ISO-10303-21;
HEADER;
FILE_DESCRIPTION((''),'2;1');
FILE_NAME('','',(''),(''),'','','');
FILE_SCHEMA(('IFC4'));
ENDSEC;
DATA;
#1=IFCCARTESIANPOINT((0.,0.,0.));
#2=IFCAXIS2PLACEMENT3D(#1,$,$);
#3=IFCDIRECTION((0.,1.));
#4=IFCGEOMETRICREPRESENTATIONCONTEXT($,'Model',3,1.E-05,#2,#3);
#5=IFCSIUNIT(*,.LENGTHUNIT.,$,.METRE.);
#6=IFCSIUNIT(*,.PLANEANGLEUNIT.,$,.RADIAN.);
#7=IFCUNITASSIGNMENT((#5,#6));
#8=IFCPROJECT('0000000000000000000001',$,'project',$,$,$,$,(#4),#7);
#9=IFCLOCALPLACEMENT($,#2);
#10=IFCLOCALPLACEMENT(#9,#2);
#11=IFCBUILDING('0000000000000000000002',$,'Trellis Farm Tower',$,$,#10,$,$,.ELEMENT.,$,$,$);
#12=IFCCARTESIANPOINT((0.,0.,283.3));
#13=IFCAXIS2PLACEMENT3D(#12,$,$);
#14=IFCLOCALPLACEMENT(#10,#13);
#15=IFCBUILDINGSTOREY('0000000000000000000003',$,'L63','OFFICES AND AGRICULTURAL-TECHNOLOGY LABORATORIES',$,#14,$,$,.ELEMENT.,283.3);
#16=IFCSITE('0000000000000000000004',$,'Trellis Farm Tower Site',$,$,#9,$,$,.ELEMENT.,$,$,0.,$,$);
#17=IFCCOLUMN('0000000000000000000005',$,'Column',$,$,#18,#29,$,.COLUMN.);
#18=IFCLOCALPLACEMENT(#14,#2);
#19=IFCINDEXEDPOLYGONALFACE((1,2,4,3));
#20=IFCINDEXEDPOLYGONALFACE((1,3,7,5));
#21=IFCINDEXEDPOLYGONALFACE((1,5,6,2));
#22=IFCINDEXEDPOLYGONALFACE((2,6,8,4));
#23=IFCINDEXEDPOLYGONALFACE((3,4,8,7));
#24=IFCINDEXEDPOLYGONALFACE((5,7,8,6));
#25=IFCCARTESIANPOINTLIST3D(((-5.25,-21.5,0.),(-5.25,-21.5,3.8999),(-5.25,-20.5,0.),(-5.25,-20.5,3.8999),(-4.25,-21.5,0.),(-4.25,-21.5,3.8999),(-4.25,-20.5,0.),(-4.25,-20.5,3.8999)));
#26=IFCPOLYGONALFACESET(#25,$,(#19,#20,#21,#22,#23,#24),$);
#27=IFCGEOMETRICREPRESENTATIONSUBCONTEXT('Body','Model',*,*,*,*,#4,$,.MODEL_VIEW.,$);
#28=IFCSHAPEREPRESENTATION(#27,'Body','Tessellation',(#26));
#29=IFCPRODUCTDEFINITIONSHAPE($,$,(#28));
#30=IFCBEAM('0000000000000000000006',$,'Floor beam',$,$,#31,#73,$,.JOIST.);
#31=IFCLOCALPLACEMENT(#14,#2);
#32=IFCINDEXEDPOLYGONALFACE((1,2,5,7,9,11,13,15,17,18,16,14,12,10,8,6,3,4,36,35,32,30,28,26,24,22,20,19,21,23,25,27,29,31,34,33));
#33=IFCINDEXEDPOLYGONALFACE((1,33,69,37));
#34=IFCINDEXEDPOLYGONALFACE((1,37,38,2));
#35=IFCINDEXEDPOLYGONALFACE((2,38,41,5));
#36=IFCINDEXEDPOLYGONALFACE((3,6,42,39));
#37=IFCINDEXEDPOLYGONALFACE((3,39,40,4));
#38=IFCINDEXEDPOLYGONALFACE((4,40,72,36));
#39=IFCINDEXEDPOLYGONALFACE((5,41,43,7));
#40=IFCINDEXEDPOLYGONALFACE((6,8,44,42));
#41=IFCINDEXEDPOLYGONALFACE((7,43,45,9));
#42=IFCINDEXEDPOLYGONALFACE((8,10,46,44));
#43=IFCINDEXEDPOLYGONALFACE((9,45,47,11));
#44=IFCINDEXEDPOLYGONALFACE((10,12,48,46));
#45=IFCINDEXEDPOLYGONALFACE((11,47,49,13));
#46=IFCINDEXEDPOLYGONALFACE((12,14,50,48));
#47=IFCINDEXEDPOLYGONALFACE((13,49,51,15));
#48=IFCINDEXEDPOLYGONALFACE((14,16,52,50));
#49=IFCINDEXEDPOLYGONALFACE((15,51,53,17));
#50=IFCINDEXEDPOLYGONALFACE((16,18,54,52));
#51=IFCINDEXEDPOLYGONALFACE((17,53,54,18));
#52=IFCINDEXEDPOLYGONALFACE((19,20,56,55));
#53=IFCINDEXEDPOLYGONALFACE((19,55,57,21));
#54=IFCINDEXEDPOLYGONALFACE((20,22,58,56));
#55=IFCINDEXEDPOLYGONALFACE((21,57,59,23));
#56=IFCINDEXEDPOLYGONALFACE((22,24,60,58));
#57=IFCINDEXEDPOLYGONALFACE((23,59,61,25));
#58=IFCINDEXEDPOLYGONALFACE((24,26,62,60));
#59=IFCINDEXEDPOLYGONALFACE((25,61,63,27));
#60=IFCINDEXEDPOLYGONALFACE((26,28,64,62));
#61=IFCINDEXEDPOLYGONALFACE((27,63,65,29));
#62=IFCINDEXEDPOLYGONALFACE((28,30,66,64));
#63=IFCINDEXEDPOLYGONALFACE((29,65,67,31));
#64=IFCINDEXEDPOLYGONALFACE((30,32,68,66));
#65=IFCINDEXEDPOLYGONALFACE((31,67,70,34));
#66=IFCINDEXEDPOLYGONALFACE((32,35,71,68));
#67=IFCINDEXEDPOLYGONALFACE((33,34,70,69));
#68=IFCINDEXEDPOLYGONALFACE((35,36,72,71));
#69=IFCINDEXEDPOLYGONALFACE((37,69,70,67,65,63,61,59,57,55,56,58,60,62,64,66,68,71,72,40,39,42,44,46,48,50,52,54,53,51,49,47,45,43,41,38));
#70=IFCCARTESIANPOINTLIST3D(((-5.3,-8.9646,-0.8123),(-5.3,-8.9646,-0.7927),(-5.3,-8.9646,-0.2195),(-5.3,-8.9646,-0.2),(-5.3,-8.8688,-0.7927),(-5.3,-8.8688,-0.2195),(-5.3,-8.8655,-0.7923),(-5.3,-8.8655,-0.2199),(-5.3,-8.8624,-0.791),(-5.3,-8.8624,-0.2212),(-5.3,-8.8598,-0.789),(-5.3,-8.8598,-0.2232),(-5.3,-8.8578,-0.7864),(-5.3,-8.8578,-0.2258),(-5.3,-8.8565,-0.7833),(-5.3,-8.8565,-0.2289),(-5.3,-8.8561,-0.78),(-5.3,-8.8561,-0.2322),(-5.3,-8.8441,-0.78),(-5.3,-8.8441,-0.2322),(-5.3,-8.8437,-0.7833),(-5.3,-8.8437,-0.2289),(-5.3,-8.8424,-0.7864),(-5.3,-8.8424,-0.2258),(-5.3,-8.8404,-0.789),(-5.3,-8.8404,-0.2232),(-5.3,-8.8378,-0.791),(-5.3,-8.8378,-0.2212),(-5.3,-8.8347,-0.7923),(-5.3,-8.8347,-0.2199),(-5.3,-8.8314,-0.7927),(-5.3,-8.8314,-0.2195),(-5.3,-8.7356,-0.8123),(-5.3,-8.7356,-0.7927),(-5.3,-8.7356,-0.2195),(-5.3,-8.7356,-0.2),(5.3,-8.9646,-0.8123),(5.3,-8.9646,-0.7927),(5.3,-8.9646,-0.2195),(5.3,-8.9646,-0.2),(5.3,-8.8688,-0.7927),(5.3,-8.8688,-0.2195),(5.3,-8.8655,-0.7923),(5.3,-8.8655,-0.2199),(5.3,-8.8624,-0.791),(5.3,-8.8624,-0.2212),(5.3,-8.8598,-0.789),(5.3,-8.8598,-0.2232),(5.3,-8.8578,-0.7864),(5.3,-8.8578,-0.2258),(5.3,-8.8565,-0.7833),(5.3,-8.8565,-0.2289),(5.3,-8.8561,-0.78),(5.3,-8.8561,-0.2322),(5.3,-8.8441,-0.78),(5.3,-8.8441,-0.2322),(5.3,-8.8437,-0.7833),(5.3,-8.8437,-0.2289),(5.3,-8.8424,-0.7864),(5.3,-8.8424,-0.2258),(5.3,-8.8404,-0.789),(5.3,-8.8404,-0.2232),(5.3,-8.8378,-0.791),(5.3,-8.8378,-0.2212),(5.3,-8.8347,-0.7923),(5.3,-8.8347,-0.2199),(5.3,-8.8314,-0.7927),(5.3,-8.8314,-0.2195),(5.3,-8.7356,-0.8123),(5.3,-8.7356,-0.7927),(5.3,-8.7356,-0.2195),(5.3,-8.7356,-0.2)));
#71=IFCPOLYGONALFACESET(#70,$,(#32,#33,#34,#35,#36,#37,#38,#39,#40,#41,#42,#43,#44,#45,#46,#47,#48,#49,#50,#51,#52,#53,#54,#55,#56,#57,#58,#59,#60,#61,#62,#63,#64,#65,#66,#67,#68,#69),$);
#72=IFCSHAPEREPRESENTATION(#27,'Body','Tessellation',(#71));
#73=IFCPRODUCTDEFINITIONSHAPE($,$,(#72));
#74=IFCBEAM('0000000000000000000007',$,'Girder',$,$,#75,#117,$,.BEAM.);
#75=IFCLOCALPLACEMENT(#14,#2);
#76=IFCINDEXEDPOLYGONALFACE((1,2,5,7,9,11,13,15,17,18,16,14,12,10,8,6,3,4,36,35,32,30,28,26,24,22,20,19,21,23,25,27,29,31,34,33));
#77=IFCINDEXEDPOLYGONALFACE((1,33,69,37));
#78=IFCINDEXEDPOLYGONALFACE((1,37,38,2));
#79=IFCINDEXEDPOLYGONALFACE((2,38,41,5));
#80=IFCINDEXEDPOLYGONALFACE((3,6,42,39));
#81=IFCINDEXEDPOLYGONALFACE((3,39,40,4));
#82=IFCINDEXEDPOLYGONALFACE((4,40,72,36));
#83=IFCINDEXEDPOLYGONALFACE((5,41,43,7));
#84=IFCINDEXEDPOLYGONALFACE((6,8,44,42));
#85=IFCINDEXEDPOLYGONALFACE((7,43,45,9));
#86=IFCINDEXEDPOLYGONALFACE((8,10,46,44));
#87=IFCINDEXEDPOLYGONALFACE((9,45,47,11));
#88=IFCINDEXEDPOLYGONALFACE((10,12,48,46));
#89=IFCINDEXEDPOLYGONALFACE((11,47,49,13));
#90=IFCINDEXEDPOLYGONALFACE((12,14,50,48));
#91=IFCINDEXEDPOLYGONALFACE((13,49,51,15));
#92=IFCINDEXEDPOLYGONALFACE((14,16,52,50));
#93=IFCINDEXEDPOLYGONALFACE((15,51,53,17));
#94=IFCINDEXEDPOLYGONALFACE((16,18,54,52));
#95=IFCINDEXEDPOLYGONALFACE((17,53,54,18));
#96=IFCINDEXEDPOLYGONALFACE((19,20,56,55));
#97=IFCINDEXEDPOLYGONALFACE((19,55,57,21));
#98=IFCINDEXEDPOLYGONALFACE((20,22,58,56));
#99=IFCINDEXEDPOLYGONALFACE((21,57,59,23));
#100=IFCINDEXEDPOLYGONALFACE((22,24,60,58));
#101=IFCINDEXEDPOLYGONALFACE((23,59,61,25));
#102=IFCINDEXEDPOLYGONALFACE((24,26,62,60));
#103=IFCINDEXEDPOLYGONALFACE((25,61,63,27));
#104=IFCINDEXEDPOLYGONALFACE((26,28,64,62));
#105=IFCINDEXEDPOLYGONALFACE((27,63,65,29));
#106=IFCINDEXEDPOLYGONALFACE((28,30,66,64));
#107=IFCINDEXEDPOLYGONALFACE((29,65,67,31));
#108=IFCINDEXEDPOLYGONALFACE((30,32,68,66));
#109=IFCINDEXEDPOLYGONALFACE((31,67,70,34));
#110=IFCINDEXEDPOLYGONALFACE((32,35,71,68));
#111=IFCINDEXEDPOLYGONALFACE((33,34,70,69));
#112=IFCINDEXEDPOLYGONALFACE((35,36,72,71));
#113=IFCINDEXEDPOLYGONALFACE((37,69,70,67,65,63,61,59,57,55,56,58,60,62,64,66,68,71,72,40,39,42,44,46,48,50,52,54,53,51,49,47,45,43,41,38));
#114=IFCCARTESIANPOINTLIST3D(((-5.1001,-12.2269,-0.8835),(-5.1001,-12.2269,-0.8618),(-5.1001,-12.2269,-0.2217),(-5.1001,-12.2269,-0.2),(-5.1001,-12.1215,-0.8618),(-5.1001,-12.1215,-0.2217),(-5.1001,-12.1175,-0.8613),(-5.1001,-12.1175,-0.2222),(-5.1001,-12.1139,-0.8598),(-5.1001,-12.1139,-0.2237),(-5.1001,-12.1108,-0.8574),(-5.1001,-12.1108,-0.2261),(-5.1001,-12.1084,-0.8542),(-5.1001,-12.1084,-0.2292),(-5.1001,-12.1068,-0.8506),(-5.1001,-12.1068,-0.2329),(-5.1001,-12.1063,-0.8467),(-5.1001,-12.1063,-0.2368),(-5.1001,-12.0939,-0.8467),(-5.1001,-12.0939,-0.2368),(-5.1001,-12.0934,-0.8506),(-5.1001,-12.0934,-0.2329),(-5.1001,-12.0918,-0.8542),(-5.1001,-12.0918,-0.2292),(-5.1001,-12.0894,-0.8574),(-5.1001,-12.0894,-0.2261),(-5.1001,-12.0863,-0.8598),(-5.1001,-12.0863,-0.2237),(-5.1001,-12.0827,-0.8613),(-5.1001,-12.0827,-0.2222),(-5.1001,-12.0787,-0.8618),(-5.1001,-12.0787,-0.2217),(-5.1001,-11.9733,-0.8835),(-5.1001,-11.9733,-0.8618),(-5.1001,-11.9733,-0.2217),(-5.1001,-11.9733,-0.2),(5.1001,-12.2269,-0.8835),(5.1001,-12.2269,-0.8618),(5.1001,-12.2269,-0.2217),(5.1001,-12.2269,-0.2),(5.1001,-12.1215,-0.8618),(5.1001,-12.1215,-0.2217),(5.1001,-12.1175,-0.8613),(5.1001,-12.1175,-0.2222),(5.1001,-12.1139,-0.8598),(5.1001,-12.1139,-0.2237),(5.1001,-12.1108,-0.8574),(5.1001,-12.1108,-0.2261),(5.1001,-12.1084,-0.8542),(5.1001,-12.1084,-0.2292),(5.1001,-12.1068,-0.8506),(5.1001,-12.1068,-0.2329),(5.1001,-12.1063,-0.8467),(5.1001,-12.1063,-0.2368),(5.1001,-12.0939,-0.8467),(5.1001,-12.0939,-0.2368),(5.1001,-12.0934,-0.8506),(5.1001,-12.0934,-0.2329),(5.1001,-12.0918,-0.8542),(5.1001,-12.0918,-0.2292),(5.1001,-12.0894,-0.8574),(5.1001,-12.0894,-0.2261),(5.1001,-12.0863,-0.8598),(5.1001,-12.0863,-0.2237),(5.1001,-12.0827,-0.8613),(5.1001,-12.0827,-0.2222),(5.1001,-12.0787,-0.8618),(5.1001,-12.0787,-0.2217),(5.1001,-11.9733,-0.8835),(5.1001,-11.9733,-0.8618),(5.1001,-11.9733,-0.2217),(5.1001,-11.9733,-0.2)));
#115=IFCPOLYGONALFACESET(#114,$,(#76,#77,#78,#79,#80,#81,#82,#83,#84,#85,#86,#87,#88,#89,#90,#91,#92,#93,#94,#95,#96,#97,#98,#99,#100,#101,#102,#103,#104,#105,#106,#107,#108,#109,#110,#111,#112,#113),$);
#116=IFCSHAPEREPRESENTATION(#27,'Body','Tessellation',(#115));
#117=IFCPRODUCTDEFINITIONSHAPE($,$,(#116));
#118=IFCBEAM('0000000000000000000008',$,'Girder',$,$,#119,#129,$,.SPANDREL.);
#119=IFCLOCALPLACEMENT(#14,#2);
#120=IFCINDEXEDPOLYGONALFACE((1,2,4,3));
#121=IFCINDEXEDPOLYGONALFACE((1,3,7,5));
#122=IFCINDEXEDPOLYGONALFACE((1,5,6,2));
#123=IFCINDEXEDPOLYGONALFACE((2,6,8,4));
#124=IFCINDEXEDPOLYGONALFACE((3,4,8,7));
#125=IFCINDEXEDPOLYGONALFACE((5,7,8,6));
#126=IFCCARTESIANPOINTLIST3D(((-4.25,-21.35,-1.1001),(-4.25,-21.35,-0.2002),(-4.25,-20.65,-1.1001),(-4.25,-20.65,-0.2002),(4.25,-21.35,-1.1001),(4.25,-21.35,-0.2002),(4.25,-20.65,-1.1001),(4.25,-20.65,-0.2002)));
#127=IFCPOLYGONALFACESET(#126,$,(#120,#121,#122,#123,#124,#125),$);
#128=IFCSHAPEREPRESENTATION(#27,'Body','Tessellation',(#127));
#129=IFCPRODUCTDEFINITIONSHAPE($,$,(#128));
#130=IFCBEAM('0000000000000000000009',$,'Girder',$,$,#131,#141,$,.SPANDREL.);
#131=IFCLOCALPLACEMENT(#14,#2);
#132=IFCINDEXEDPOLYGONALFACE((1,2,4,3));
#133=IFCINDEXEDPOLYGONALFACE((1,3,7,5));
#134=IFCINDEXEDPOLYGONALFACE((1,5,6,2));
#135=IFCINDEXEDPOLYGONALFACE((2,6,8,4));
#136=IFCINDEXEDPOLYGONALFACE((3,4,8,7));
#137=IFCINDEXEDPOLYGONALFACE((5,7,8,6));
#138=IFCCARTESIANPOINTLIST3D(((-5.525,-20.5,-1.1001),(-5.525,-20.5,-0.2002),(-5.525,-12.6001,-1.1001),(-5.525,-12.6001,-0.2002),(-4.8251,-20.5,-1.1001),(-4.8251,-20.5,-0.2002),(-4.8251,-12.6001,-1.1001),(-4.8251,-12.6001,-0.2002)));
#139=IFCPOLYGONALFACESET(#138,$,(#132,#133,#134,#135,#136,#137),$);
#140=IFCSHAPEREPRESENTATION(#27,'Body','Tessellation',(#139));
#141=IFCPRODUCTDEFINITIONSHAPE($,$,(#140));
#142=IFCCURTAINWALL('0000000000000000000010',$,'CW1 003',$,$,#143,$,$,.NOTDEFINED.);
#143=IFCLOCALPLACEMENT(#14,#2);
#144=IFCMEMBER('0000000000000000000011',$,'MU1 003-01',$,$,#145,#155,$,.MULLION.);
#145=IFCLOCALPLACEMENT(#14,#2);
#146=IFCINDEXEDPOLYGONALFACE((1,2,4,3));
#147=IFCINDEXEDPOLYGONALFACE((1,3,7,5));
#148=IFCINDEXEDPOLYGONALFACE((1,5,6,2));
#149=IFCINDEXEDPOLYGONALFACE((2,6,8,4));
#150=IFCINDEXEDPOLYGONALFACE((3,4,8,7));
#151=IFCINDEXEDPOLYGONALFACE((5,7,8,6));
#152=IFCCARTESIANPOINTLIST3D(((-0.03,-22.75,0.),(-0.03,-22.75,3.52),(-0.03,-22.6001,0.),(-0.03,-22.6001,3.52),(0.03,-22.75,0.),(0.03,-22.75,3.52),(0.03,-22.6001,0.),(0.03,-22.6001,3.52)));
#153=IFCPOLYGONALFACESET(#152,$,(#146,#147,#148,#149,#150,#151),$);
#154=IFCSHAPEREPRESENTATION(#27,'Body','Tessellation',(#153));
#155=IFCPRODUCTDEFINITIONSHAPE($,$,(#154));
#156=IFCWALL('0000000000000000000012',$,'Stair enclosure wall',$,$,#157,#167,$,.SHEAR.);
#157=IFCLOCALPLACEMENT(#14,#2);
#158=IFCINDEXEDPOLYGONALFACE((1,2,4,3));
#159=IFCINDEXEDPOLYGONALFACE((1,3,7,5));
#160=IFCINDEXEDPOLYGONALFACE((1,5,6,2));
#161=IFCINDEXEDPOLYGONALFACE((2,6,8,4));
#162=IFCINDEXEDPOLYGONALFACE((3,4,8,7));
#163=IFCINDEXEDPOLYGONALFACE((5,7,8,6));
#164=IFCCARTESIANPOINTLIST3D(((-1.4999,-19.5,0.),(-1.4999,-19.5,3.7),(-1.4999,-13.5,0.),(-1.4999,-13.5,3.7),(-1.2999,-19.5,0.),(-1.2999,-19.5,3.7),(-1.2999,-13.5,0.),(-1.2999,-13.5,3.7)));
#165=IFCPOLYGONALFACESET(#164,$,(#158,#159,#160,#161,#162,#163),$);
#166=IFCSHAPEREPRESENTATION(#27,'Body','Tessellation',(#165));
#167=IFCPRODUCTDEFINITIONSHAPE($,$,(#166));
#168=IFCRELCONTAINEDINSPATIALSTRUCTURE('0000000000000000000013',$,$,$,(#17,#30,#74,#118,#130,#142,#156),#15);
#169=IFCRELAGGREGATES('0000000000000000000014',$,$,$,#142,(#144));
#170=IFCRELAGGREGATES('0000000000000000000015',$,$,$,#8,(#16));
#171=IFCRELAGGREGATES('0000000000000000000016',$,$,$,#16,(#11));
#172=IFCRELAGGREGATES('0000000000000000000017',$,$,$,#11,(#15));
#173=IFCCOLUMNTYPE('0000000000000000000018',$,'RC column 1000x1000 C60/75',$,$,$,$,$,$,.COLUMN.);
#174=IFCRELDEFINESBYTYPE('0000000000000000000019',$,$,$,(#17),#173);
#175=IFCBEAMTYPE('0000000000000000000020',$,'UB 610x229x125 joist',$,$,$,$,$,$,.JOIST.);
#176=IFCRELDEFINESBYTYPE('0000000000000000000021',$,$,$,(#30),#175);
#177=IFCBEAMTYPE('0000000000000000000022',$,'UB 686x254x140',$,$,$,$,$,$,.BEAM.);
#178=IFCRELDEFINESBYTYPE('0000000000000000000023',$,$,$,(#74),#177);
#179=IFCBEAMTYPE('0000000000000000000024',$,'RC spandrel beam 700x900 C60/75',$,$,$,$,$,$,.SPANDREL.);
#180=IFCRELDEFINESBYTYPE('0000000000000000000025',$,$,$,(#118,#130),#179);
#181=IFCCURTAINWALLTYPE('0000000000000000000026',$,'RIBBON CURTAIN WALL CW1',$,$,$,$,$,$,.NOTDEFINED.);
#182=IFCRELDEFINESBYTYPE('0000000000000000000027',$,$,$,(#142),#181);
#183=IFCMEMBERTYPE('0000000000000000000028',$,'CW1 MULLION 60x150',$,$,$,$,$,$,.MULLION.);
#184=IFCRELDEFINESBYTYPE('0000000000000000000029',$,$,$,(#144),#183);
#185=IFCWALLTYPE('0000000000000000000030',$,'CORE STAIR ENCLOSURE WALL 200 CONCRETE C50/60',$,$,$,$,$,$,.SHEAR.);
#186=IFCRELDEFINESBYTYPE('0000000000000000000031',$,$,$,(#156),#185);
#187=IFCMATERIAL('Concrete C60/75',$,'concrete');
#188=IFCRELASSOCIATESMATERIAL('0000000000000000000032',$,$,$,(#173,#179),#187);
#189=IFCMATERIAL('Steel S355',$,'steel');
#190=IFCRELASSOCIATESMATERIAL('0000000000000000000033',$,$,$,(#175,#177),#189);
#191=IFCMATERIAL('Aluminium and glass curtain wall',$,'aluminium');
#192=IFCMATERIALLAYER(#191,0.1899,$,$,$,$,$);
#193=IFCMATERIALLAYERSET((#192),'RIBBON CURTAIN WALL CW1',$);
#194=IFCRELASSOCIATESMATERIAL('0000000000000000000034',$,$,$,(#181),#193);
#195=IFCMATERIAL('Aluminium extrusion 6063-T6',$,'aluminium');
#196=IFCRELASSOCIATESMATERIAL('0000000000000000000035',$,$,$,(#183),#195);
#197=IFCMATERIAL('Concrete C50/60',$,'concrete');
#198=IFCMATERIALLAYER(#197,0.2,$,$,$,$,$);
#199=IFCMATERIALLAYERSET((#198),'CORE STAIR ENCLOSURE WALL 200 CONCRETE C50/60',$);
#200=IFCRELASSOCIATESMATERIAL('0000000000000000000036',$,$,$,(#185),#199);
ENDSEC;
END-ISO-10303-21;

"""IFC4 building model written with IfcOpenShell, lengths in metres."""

from ifc_helpers import new_model, si_unit, direction, frame, frame_2d, origin, origin_2d, place, context, subcontext, project, spatial, rectangle, i_section, extrude, source, transform, mapped, material, layer, layer_set, material_profile, profile_set, type_object, element, aggregate, save


model = new_model("IFC4")

# Units and contexts
model_context = context("Model", 3, precision=1e-05, world=origin(), true_north=direction((0.0, 1.0)))
body_context = subcontext(model_context, "Body", "Model", "MODEL_VIEW")
ifc_project = project(units=[si_unit("LENGTHUNIT", "METRE"), si_unit("PLANEANGLEUNIT", "RADIAN")], contexts=[model_context])

# Site, building, storey
site_placement = place(None, origin())
site = spatial("IfcSite", under=ifc_project, at=site_placement, Name="Trellis Farm Tower Site", CompositionType="ELEMENT", RefElevation=0.0)
building_placement = place(site_placement, origin())
building = spatial("IfcBuilding", under=site, at=building_placement, Name="Trellis Farm Tower", CompositionType="ELEMENT")
storey_placement = place(building_placement, frame((0.0, 0.0, 283.3)))
storey = spatial("IfcBuildingStorey", under=building, at=storey_placement, Name="L63", Description="OFFICES AND AGRICULTURAL-TECHNOLOGY LABORATORIES", CompositionType="ELEMENT", Elevation=283.3)

# Column
ifc_material_1 = material(Name="Concrete C60/75", Category="concrete")
ifc_material_profile_1 = material_profile(ifc_material_1, rectangle(XDim=1.0, YDim=1.0, at=origin_2d()), Name="RC column 1000x1000 C60/75")
ifc_profile_set_1 = profile_set([ifc_material_profile_1], Name="Concrete C60/75")
column_type = type_object("IfcColumnType", Name="RC column 1000x1000 C60/75", PredefinedType="COLUMN", material=ifc_profile_set_1)
shared_shape_1 = source(origin(), body_context, "Body", "SweptSolid", [
    extrude(rectangle(XDim=1.0, YDim=1.0, at=origin_2d()), origin(), (0.0, 0.0, 1.0), 3.8999),
])
column_placement = place(storey_placement, frame((-4.75, -21.0, 0.0), z_axis=(0.0, 0.0, 1.0), x_axis=(1.0, 0.0, 0.0)))
element("IfcColumn", 1, at=column_placement, inside=storey, type_object=column_type, Name="Column", PredefinedType="COLUMN", context=body_context, shape_type="MappedRepresentation", body=[
    mapped(shared_shape_1, transform((0.0, 0.0, 0.0))),
])

# Beams
ifc_material_2 = material(Name="Steel S355", Category="steel")
ifc_material_profile_2 = material_profile(ifc_material_2, i_section(OverallWidth=0.229, OverallDepth=0.6123, WebThickness=0.012, FlangeThickness=0.0195, FilletRadius=0.0127, at=origin_2d()), Name="UB 610x229x125")
ifc_profile_set_2 = profile_set([ifc_material_profile_2], Name="Steel S355")
beam_type_1 = type_object("IfcBeamType", Name="UB 610x229x125 joist", PredefinedType="JOIST", material=ifc_profile_set_2)
shared_shape_2 = source(origin(), body_context, "Body", "SweptSolid", [
    extrude(i_section(OverallWidth=0.229, OverallDepth=0.6123, WebThickness=0.012, FlangeThickness=0.0195, FilletRadius=0.0127, at=origin_2d()), origin(), (0.0, 0.0, 1.0), 10.6001),
])
beam_1_placement = place(storey_placement, frame((-5.3, -8.8501, -0.5061), z_axis=(1.0, 0.0, 0.0), x_axis=(0.0, 1.0, 0.0)))
element("IfcBeam", 2, at=beam_1_placement, inside=storey, type_object=beam_type_1, Name="Floor beam", PredefinedType="JOIST", context=body_context, shape_type="MappedRepresentation", body=[
    mapped(shared_shape_2, transform((0.0, 0.0, 0.0))),
])
ifc_material_profile_3 = material_profile(ifc_material_2, i_section(OverallWidth=0.2537, OverallDepth=0.6836, WebThickness=0.0125, FlangeThickness=0.0217, FilletRadius=0.0151, at=origin_2d()), Name="UB 686x254x140")
ifc_profile_set_3 = profile_set([ifc_material_profile_3], Name="Steel S355")
beam_type_2 = type_object("IfcBeamType", Name="UB 686x254x140", PredefinedType="BEAM", material=ifc_profile_set_3)
shared_shape_3 = source(origin(), body_context, "Body", "SweptSolid", [
    extrude(i_section(OverallWidth=0.2537, OverallDepth=0.6836, WebThickness=0.0125, FlangeThickness=0.0217, FilletRadius=0.0151, at=origin_2d()), origin(), (0.0, 0.0, 1.0), 10.2002),
])
beam_2_placement = place(storey_placement, frame((-5.1001, -12.1001, -0.5417), z_axis=(1.0, 0.0, 0.0), x_axis=(0.0, 1.0, 0.0)))
element("IfcBeam", 3, at=beam_2_placement, inside=storey, type_object=beam_type_2, Name="Girder", PredefinedType="BEAM", context=body_context, shape_type="MappedRepresentation", body=[
    mapped(shared_shape_3, transform((0.0, 0.0, 0.0))),
])
ifc_material_profile_4 = material_profile(ifc_material_1, rectangle(XDim=0.7, YDim=0.8999, at=origin_2d()), Name="RC spandrel beam 700x900 C60/75")
ifc_profile_set_4 = profile_set([ifc_material_profile_4], Name="Concrete C60/75")
beam_type_3 = type_object("IfcBeamType", Name="RC spandrel beam 700x900 C60/75", PredefinedType="SPANDREL", material=ifc_profile_set_4)
shared_shape_4 = source(origin(), body_context, "Body", "SweptSolid", [
    extrude(rectangle(XDim=0.7, YDim=0.8999, at=origin_2d()), origin(), (0.0, 0.0, 1.0), 8.5),
])
beam_3_placement = place(storey_placement, frame((-4.25, -21.0, -0.6501), z_axis=(1.0, 0.0, 0.0), x_axis=(0.0, 1.0, 0.0)))
element("IfcBeam", 4, at=beam_3_placement, inside=storey, type_object=beam_type_3, Name="Girder", PredefinedType="SPANDREL", context=body_context, shape_type="MappedRepresentation", body=[
    mapped(shared_shape_4, transform((0.0, 0.0, 0.0))),
])
shared_shape_5 = source(origin(), body_context, "Body", "SweptSolid", [
    extrude(rectangle(XDim=0.7, YDim=0.8999, at=origin_2d()), origin(), (0.0, 0.0, 1.0), 7.8999),
])
beam_4_placement = place(storey_placement, frame((-5.175, -20.5, -0.6501), z_axis=(0.0, 1.0, 0.0), x_axis=(-1.0, 0.0, 0.0)))
element("IfcBeam", 5, at=beam_4_placement, inside=storey, type_object=beam_type_3, Name="Girder", PredefinedType="SPANDREL", context=body_context, shape_type="MappedRepresentation", body=[
    mapped(shared_shape_5, transform((0.0, 0.0, 0.0))),
])

# Curtain wall, member
ifc_material_3 = material(Name="Aluminium and glass curtain wall", Category="aluminium")
ifc_layer_1 = layer(ifc_material_3, 0.1899)
ifc_layer_set_1 = layer_set([ifc_layer_1], Name="RIBBON CURTAIN WALL CW1")
curtain_wall_type = type_object("IfcCurtainWallType", Name="RIBBON CURTAIN WALL CW1", PredefinedType="NOTDEFINED", material=ifc_layer_set_1)
placement = place(storey_placement, origin())
curtain_wall = element("IfcCurtainWall", 6, at=placement, inside=storey, type_object=curtain_wall_type, Name="CW1 003", PredefinedType="NOTDEFINED")
ifc_material_4 = material(Name="Aluminium extrusion 6063-T6", Category="aluminium")
ifc_material_profile_5 = material_profile(ifc_material_4, rectangle(XDim=0.0601, YDim=0.1499, at=origin_2d()), Name="MULLION 60x150")
ifc_profile_set_5 = profile_set([ifc_material_profile_5], Name="Aluminium extrusion 6063-T6")
member_type = type_object("IfcMemberType", Name="CW1 MULLION 60x150", PredefinedType="MULLION", material=ifc_profile_set_5)
shared_shape_6 = source(origin(), body_context, "Body", "SweptSolid", [
    extrude(rectangle(XDim=0.0601, YDim=0.1499, at=origin_2d()), origin(), (0.0, 0.0, 1.0), 3.52),
])
member_placement = place(storey_placement, frame((0.0, -22.675, 0.0), z_axis=(0.0, 0.0, 1.0), x_axis=(1.0, 0.0, 0.0)))
member = element("IfcMember", 7, at=member_placement, type_object=member_type, Name="MU1 003-01", PredefinedType="MULLION", context=body_context, shape_type="MappedRepresentation", body=[
    mapped(shared_shape_6, transform((0.0, 0.0, 0.0))),
])
aggregate(curtain_wall, [member])

# Wall
ifc_material_5 = material(Name="Concrete C50/60", Category="concrete")
ifc_layer_2 = layer(ifc_material_5, 0.2)
ifc_layer_set_2 = layer_set([ifc_layer_2], Name="CORE STAIR ENCLOSURE WALL 200 CONCRETE C50/60")
wall_type_1 = type_object("IfcWallType", Name="CORE STAIR ENCLOSURE WALL 200 CONCRETE C50/60", PredefinedType="SHEAR", material=ifc_layer_set_2)
shared_shape_7 = source(origin(), body_context, "Body", "SweptSolid", [
    extrude(rectangle(XDim=6.0, YDim=0.2, at=frame_2d((3.0, 0.0))), origin(), (0.0, 0.0, 1.0), 3.7),
])
wall_1_placement = place(storey_placement, frame((-1.3999, -13.5, 0.0), z_axis=(0.0, 0.0, 1.0), x_axis=(0.0, -1.0, 0.0)))
element("IfcWall", 8, at=wall_1_placement, inside=storey, type_object=wall_type_1, Name="Stair enclosure wall", PredefinedType="SHEAR", context=body_context, shape_type="MappedRepresentation", body=[
    mapped(shared_shape_7, transform((0.0, 0.0, 0.0))),
])

save(model, "model.ifc")
